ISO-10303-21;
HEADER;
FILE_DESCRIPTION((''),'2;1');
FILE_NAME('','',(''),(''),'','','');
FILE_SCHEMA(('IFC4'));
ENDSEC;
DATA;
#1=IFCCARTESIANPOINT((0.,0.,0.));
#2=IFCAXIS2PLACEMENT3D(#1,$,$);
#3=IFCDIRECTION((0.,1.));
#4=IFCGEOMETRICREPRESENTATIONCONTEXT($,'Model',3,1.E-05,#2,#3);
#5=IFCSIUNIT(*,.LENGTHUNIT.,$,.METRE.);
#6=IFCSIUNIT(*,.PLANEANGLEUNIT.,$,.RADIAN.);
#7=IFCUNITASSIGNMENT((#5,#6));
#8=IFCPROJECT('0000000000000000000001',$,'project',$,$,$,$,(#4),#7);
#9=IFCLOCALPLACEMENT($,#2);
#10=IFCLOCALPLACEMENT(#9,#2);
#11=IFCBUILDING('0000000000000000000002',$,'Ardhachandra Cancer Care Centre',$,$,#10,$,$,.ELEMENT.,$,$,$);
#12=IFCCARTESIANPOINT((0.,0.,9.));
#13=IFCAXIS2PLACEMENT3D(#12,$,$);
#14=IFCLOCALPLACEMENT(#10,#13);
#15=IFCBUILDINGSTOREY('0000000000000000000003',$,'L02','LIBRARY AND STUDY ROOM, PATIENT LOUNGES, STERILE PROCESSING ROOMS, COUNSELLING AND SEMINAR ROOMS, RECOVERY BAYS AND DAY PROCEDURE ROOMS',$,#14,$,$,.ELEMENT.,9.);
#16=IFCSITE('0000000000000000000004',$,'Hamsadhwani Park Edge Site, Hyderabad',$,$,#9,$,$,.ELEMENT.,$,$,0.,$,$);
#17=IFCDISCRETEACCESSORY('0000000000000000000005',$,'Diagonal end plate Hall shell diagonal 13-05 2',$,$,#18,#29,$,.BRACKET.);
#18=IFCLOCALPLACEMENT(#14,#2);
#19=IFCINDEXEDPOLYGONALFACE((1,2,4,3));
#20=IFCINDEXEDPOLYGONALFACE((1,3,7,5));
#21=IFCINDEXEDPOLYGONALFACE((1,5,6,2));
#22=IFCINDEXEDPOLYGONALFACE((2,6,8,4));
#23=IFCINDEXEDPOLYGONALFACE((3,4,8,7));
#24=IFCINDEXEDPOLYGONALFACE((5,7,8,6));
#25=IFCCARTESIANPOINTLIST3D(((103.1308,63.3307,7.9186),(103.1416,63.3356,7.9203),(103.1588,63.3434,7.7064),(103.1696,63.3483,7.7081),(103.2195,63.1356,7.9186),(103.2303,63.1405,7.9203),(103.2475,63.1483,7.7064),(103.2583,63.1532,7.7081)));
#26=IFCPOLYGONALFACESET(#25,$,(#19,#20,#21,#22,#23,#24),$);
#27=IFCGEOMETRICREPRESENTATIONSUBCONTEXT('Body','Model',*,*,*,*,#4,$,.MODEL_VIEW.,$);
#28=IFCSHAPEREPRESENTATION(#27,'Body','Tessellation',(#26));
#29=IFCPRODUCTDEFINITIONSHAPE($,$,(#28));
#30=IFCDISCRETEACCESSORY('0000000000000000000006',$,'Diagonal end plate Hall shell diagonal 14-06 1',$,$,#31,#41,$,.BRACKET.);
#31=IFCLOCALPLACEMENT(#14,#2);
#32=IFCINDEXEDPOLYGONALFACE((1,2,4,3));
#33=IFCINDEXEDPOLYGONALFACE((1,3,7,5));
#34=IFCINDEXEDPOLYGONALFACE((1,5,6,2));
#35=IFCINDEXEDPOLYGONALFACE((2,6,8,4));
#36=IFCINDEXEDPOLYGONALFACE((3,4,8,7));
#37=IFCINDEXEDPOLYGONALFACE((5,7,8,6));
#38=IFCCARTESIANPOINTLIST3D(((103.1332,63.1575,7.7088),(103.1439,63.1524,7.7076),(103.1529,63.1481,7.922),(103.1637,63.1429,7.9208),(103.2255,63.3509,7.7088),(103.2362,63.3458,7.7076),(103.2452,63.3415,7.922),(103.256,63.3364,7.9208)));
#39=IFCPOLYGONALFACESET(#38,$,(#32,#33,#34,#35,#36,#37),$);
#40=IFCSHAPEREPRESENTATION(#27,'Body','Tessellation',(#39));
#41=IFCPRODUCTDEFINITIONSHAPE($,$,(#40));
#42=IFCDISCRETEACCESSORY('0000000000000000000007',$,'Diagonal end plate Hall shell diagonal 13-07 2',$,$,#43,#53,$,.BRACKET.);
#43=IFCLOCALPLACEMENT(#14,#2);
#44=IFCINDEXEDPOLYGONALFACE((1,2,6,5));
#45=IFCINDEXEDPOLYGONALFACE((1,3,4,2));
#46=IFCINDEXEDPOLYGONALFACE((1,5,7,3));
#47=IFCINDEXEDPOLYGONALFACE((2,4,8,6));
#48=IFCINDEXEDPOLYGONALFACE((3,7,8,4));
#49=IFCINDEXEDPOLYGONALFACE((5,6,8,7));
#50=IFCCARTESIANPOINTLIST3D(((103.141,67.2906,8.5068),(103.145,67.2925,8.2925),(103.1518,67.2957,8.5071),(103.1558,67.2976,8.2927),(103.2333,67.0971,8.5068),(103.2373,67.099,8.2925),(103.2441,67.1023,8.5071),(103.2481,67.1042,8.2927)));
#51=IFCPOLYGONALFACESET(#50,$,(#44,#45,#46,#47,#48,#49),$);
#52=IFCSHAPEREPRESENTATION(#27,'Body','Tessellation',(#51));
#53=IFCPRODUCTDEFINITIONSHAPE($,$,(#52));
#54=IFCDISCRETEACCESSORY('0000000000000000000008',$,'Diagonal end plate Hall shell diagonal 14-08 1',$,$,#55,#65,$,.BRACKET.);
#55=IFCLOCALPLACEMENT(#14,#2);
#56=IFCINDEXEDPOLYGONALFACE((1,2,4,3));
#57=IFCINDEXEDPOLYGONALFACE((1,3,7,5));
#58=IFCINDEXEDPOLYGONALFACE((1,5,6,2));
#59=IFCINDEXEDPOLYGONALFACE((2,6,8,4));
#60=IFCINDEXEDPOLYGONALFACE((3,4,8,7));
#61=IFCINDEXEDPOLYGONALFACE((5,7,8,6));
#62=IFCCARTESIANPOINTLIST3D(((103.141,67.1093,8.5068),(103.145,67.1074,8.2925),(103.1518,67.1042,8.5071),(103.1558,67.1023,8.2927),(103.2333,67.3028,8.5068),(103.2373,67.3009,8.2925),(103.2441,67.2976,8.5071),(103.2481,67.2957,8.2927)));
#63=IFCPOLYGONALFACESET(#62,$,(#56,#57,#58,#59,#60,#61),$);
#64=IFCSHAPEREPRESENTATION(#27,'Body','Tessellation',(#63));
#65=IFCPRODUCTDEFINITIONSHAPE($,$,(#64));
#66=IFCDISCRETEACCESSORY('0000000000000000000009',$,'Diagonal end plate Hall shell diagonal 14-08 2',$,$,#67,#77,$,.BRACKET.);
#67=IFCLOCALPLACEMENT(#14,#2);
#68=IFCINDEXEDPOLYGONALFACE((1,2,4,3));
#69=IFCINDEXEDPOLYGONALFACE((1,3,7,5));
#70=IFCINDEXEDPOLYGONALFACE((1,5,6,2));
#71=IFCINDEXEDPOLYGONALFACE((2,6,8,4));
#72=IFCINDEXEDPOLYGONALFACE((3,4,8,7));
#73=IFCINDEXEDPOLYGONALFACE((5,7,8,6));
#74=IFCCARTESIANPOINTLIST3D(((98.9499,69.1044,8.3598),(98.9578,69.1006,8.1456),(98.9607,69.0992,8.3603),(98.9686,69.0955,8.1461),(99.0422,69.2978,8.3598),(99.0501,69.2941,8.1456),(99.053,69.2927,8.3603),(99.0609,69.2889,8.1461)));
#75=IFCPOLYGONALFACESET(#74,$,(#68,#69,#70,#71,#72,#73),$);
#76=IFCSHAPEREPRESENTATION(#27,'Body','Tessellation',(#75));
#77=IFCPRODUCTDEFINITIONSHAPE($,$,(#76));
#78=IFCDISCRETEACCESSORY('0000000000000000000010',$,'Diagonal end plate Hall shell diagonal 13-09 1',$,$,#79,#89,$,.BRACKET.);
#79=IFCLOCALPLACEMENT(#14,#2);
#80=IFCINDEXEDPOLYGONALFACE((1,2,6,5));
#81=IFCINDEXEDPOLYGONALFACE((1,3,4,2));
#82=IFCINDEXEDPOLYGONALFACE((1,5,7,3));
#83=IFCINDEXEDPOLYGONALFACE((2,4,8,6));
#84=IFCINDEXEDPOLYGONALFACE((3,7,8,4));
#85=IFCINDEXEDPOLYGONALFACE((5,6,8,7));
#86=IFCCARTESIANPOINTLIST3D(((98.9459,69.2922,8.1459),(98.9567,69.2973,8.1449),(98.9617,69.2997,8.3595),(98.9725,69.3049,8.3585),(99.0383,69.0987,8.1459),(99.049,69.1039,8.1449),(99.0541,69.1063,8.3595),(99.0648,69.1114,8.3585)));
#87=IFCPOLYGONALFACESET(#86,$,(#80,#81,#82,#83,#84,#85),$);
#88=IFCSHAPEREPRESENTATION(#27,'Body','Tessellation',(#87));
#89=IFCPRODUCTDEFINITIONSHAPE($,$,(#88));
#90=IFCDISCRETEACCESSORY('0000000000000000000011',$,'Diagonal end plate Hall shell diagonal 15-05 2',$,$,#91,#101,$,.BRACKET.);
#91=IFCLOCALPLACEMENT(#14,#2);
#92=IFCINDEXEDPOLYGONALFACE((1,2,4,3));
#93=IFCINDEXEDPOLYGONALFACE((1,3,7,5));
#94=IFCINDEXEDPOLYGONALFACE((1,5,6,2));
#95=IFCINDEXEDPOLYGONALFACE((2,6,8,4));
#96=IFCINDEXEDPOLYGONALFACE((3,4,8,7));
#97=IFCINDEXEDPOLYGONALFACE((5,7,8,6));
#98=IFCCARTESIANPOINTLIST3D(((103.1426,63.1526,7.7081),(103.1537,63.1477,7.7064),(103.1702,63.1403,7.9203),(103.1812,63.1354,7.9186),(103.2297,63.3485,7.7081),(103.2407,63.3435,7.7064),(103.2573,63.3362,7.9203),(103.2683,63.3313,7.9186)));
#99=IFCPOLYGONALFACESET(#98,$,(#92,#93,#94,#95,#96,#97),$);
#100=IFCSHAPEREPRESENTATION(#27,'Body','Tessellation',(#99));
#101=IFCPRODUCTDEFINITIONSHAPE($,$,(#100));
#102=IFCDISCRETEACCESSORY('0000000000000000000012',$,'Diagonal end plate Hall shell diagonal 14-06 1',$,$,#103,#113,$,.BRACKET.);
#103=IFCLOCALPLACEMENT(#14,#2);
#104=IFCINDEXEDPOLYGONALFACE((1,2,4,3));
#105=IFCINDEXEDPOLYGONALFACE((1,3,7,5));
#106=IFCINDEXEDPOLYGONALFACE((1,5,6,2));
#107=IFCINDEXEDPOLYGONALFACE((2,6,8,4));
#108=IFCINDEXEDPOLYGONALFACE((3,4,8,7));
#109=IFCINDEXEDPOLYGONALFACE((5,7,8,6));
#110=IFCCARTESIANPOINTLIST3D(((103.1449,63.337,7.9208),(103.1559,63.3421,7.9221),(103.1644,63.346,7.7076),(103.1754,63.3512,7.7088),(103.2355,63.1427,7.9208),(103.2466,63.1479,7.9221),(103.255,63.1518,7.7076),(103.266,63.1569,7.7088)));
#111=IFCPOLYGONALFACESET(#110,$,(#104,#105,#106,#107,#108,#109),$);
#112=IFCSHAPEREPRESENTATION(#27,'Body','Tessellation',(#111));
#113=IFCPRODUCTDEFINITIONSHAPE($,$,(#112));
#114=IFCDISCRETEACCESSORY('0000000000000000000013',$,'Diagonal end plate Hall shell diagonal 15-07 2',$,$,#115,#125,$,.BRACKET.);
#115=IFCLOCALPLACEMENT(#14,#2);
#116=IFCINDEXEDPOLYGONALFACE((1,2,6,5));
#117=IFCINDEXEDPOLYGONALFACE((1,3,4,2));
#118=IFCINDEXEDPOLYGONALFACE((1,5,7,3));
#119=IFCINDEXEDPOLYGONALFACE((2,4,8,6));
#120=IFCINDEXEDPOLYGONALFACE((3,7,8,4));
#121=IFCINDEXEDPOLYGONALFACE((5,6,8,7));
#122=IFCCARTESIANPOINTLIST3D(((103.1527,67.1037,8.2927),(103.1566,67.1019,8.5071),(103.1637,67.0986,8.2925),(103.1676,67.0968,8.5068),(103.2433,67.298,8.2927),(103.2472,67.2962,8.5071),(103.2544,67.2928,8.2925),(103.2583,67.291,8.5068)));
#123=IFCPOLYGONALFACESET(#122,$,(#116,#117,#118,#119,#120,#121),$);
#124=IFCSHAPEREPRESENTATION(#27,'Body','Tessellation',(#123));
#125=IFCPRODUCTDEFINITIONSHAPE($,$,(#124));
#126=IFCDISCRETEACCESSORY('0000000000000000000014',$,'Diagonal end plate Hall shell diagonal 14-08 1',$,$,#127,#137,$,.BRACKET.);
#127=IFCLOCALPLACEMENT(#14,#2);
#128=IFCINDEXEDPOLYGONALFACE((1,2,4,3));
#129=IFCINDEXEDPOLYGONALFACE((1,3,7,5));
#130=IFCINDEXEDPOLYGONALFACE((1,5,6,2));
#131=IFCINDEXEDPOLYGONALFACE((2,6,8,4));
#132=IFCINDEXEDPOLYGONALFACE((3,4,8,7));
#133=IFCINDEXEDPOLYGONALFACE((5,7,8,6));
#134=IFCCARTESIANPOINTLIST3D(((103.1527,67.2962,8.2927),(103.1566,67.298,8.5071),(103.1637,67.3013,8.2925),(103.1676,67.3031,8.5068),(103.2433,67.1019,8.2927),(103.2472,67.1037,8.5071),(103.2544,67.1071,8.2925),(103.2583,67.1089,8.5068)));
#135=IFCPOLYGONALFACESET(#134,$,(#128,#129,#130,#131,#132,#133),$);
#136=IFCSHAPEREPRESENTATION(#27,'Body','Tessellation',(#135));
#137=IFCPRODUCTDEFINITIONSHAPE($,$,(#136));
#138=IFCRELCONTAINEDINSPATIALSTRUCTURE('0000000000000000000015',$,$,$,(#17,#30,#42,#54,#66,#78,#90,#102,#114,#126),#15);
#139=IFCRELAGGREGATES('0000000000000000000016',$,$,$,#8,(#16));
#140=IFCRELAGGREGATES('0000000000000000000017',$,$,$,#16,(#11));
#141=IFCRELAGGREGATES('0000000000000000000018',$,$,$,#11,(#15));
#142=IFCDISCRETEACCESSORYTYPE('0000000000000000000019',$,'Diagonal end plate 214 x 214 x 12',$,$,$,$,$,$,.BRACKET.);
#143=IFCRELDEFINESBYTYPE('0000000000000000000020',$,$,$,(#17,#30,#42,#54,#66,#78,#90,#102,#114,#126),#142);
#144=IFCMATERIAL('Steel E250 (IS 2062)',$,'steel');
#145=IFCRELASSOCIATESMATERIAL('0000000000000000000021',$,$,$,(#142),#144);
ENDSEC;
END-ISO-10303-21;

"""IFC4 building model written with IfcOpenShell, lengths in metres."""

from ifc_helpers import new_model, si_unit, direction, frame, origin, origin_2d, place, context, subcontext, project, spatial, rectangle, extrude, material, material_profile, profile_set, type_object, element, save


model = new_model("IFC4")

# Units and contexts
model_context = context("Model", 3, precision=1e-05, world=origin(), true_north=direction((0.0, 1.0)))
body_context = subcontext(model_context, "Body", "Model", "MODEL_VIEW")
ifc_project = project(units=[si_unit("LENGTHUNIT", "METRE"), si_unit("PLANEANGLEUNIT", "RADIAN")], contexts=[model_context])

# Site, building, storey
site_placement = place(None, origin())
site = spatial("IfcSite", under=ifc_project, at=site_placement, Name="Hamsadhwani Park Edge Site, Hyderabad", CompositionType="ELEMENT", RefElevation=0.0)
building_placement = place(site_placement, origin())
building = spatial("IfcBuilding", under=site, at=building_placement, Name="Ardhachandra Cancer Care Centre", CompositionType="ELEMENT")
storey_placement = place(building_placement, frame((0.0, 0.0, 9.0)))
storey = spatial("IfcBuildingStorey", under=building, at=storey_placement, Name="L02", Description="LIBRARY AND STUDY ROOM, PATIENT LOUNGES, STERILE PROCESSING ROOMS, COUNSELLING AND SEMINAR ROOMS, RECOVERY BAYS AND DAY PROCEDURE ROOMS", CompositionType="ELEMENT", Elevation=9.0)

# Discrete accessories
ifc_material_1 = material(Name="Steel E250 (IS 2062)", Category="steel")
ifc_material_profile_1 = material_profile(ifc_material_1, rectangle(XDim=0.2144, YDim=0.2144, at=origin_2d()), Name="PL 214x214x12")
ifc_profile_set_1 = profile_set([ifc_material_profile_1], Name="Steel E250 (IS 2062)")
discrete_accessory_type = type_object("IfcDiscreteAccessoryType", Name="Diagonal end plate 214 x 214 x 12", PredefinedType="BRACKET", material=ifc_profile_set_1)
for number, where, z_axis, x_axis, name in (
    (1, (103.2, 63.2444, 7.8142), (-0.900966, -0.40953, -0.143336), (0.413803, -0.910366, 0.0), "Diagonal end plate Hall shell diagonal 13-05 2"),
    (2, (103.2, 63.2444, 7.8142), (-0.897772, 0.428482, 0.10202), (-0.43073, -0.902481, 0.0), "Diagonal end plate Hall shell diagonal 14-06 1"),
    (3, (103.2, 67.2, 8.3999), (-0.902291, -0.430639, -0.020507), (0.43073, -0.902481, 0.0), "Diagonal end plate Hall shell diagonal 13-07 2"),
    (4, (103.2, 67.2, 8.3999), (-0.902291, 0.430639, -0.020507), (-0.43073, -0.902481, 0.0), "Diagonal end plate Hall shell diagonal 14-08 1"),
    (5, (99.0, 69.1992, 8.2527), (0.901723, -0.430368, 0.040987), (0.43073, 0.902481, 0.0), "Diagonal end plate Hall shell diagonal 14-08 2"),
    (6, (99.0, 69.1992, 8.2527), (0.899459, 0.429287, -0.081769), (-0.43073, 0.902481, 0.0), "Diagonal end plate Hall shell diagonal 13-09 1"),
):
    element("IfcDiscreteAccessory", number, at=place(storey_placement, frame(where, z_axis=z_axis, x_axis=x_axis)), inside=storey, type_object=discrete_accessory_type, Name=name, PredefinedType="BRACKET", context=body_context, shape_type="SweptSolid", body=[
        extrude(rectangle(XDim=0.2144, YDim=0.2144, at=origin_2d()), origin(), (0.0, 0.0, 1.0), 0.012),
    ])
for number, where, z_axis, x_axis, name in (
    (7, (103.2, 63.2444, 7.8142), (0.904717, -0.402096, -0.140734), (0.406138, 0.913812, 0.0), "Diagonal end plate Hall shell diagonal 15-05 2"),
    (8, (103.2, 63.2444, 7.8142), (0.901624, 0.420758, 0.10018), (-0.422885, 0.906183, 0.0), "Diagonal end plate Hall shell diagonal 14-06 1"),
    (9, (103.2, 67.2, 8.3999), (0.905999, -0.4228, -0.020133), (0.422885, 0.906183, 0.0), "Diagonal end plate Hall shell diagonal 15-07 2"),
    (10, (103.2, 67.2, 8.3999), (0.905999, 0.4228, -0.020133), (-0.422885, 0.906183, 0.0), "Diagonal end plate Hall shell diagonal 14-08 1"),
):
    element("IfcDiscreteAccessory", number, at=place(storey_placement, frame(where, z_axis=z_axis, x_axis=x_axis)), inside=storey, type_object=discrete_accessory_type, Name=name, PredefinedType="BRACKET", context=body_context, shape_type="SweptSolid", body=[
        extrude(rectangle(XDim=0.2144, YDim=0.2144, at=origin_2d()), origin(), (0.0, 0.0, 1.0), 0.0122),
    ])

save(model, "model.ifc")
